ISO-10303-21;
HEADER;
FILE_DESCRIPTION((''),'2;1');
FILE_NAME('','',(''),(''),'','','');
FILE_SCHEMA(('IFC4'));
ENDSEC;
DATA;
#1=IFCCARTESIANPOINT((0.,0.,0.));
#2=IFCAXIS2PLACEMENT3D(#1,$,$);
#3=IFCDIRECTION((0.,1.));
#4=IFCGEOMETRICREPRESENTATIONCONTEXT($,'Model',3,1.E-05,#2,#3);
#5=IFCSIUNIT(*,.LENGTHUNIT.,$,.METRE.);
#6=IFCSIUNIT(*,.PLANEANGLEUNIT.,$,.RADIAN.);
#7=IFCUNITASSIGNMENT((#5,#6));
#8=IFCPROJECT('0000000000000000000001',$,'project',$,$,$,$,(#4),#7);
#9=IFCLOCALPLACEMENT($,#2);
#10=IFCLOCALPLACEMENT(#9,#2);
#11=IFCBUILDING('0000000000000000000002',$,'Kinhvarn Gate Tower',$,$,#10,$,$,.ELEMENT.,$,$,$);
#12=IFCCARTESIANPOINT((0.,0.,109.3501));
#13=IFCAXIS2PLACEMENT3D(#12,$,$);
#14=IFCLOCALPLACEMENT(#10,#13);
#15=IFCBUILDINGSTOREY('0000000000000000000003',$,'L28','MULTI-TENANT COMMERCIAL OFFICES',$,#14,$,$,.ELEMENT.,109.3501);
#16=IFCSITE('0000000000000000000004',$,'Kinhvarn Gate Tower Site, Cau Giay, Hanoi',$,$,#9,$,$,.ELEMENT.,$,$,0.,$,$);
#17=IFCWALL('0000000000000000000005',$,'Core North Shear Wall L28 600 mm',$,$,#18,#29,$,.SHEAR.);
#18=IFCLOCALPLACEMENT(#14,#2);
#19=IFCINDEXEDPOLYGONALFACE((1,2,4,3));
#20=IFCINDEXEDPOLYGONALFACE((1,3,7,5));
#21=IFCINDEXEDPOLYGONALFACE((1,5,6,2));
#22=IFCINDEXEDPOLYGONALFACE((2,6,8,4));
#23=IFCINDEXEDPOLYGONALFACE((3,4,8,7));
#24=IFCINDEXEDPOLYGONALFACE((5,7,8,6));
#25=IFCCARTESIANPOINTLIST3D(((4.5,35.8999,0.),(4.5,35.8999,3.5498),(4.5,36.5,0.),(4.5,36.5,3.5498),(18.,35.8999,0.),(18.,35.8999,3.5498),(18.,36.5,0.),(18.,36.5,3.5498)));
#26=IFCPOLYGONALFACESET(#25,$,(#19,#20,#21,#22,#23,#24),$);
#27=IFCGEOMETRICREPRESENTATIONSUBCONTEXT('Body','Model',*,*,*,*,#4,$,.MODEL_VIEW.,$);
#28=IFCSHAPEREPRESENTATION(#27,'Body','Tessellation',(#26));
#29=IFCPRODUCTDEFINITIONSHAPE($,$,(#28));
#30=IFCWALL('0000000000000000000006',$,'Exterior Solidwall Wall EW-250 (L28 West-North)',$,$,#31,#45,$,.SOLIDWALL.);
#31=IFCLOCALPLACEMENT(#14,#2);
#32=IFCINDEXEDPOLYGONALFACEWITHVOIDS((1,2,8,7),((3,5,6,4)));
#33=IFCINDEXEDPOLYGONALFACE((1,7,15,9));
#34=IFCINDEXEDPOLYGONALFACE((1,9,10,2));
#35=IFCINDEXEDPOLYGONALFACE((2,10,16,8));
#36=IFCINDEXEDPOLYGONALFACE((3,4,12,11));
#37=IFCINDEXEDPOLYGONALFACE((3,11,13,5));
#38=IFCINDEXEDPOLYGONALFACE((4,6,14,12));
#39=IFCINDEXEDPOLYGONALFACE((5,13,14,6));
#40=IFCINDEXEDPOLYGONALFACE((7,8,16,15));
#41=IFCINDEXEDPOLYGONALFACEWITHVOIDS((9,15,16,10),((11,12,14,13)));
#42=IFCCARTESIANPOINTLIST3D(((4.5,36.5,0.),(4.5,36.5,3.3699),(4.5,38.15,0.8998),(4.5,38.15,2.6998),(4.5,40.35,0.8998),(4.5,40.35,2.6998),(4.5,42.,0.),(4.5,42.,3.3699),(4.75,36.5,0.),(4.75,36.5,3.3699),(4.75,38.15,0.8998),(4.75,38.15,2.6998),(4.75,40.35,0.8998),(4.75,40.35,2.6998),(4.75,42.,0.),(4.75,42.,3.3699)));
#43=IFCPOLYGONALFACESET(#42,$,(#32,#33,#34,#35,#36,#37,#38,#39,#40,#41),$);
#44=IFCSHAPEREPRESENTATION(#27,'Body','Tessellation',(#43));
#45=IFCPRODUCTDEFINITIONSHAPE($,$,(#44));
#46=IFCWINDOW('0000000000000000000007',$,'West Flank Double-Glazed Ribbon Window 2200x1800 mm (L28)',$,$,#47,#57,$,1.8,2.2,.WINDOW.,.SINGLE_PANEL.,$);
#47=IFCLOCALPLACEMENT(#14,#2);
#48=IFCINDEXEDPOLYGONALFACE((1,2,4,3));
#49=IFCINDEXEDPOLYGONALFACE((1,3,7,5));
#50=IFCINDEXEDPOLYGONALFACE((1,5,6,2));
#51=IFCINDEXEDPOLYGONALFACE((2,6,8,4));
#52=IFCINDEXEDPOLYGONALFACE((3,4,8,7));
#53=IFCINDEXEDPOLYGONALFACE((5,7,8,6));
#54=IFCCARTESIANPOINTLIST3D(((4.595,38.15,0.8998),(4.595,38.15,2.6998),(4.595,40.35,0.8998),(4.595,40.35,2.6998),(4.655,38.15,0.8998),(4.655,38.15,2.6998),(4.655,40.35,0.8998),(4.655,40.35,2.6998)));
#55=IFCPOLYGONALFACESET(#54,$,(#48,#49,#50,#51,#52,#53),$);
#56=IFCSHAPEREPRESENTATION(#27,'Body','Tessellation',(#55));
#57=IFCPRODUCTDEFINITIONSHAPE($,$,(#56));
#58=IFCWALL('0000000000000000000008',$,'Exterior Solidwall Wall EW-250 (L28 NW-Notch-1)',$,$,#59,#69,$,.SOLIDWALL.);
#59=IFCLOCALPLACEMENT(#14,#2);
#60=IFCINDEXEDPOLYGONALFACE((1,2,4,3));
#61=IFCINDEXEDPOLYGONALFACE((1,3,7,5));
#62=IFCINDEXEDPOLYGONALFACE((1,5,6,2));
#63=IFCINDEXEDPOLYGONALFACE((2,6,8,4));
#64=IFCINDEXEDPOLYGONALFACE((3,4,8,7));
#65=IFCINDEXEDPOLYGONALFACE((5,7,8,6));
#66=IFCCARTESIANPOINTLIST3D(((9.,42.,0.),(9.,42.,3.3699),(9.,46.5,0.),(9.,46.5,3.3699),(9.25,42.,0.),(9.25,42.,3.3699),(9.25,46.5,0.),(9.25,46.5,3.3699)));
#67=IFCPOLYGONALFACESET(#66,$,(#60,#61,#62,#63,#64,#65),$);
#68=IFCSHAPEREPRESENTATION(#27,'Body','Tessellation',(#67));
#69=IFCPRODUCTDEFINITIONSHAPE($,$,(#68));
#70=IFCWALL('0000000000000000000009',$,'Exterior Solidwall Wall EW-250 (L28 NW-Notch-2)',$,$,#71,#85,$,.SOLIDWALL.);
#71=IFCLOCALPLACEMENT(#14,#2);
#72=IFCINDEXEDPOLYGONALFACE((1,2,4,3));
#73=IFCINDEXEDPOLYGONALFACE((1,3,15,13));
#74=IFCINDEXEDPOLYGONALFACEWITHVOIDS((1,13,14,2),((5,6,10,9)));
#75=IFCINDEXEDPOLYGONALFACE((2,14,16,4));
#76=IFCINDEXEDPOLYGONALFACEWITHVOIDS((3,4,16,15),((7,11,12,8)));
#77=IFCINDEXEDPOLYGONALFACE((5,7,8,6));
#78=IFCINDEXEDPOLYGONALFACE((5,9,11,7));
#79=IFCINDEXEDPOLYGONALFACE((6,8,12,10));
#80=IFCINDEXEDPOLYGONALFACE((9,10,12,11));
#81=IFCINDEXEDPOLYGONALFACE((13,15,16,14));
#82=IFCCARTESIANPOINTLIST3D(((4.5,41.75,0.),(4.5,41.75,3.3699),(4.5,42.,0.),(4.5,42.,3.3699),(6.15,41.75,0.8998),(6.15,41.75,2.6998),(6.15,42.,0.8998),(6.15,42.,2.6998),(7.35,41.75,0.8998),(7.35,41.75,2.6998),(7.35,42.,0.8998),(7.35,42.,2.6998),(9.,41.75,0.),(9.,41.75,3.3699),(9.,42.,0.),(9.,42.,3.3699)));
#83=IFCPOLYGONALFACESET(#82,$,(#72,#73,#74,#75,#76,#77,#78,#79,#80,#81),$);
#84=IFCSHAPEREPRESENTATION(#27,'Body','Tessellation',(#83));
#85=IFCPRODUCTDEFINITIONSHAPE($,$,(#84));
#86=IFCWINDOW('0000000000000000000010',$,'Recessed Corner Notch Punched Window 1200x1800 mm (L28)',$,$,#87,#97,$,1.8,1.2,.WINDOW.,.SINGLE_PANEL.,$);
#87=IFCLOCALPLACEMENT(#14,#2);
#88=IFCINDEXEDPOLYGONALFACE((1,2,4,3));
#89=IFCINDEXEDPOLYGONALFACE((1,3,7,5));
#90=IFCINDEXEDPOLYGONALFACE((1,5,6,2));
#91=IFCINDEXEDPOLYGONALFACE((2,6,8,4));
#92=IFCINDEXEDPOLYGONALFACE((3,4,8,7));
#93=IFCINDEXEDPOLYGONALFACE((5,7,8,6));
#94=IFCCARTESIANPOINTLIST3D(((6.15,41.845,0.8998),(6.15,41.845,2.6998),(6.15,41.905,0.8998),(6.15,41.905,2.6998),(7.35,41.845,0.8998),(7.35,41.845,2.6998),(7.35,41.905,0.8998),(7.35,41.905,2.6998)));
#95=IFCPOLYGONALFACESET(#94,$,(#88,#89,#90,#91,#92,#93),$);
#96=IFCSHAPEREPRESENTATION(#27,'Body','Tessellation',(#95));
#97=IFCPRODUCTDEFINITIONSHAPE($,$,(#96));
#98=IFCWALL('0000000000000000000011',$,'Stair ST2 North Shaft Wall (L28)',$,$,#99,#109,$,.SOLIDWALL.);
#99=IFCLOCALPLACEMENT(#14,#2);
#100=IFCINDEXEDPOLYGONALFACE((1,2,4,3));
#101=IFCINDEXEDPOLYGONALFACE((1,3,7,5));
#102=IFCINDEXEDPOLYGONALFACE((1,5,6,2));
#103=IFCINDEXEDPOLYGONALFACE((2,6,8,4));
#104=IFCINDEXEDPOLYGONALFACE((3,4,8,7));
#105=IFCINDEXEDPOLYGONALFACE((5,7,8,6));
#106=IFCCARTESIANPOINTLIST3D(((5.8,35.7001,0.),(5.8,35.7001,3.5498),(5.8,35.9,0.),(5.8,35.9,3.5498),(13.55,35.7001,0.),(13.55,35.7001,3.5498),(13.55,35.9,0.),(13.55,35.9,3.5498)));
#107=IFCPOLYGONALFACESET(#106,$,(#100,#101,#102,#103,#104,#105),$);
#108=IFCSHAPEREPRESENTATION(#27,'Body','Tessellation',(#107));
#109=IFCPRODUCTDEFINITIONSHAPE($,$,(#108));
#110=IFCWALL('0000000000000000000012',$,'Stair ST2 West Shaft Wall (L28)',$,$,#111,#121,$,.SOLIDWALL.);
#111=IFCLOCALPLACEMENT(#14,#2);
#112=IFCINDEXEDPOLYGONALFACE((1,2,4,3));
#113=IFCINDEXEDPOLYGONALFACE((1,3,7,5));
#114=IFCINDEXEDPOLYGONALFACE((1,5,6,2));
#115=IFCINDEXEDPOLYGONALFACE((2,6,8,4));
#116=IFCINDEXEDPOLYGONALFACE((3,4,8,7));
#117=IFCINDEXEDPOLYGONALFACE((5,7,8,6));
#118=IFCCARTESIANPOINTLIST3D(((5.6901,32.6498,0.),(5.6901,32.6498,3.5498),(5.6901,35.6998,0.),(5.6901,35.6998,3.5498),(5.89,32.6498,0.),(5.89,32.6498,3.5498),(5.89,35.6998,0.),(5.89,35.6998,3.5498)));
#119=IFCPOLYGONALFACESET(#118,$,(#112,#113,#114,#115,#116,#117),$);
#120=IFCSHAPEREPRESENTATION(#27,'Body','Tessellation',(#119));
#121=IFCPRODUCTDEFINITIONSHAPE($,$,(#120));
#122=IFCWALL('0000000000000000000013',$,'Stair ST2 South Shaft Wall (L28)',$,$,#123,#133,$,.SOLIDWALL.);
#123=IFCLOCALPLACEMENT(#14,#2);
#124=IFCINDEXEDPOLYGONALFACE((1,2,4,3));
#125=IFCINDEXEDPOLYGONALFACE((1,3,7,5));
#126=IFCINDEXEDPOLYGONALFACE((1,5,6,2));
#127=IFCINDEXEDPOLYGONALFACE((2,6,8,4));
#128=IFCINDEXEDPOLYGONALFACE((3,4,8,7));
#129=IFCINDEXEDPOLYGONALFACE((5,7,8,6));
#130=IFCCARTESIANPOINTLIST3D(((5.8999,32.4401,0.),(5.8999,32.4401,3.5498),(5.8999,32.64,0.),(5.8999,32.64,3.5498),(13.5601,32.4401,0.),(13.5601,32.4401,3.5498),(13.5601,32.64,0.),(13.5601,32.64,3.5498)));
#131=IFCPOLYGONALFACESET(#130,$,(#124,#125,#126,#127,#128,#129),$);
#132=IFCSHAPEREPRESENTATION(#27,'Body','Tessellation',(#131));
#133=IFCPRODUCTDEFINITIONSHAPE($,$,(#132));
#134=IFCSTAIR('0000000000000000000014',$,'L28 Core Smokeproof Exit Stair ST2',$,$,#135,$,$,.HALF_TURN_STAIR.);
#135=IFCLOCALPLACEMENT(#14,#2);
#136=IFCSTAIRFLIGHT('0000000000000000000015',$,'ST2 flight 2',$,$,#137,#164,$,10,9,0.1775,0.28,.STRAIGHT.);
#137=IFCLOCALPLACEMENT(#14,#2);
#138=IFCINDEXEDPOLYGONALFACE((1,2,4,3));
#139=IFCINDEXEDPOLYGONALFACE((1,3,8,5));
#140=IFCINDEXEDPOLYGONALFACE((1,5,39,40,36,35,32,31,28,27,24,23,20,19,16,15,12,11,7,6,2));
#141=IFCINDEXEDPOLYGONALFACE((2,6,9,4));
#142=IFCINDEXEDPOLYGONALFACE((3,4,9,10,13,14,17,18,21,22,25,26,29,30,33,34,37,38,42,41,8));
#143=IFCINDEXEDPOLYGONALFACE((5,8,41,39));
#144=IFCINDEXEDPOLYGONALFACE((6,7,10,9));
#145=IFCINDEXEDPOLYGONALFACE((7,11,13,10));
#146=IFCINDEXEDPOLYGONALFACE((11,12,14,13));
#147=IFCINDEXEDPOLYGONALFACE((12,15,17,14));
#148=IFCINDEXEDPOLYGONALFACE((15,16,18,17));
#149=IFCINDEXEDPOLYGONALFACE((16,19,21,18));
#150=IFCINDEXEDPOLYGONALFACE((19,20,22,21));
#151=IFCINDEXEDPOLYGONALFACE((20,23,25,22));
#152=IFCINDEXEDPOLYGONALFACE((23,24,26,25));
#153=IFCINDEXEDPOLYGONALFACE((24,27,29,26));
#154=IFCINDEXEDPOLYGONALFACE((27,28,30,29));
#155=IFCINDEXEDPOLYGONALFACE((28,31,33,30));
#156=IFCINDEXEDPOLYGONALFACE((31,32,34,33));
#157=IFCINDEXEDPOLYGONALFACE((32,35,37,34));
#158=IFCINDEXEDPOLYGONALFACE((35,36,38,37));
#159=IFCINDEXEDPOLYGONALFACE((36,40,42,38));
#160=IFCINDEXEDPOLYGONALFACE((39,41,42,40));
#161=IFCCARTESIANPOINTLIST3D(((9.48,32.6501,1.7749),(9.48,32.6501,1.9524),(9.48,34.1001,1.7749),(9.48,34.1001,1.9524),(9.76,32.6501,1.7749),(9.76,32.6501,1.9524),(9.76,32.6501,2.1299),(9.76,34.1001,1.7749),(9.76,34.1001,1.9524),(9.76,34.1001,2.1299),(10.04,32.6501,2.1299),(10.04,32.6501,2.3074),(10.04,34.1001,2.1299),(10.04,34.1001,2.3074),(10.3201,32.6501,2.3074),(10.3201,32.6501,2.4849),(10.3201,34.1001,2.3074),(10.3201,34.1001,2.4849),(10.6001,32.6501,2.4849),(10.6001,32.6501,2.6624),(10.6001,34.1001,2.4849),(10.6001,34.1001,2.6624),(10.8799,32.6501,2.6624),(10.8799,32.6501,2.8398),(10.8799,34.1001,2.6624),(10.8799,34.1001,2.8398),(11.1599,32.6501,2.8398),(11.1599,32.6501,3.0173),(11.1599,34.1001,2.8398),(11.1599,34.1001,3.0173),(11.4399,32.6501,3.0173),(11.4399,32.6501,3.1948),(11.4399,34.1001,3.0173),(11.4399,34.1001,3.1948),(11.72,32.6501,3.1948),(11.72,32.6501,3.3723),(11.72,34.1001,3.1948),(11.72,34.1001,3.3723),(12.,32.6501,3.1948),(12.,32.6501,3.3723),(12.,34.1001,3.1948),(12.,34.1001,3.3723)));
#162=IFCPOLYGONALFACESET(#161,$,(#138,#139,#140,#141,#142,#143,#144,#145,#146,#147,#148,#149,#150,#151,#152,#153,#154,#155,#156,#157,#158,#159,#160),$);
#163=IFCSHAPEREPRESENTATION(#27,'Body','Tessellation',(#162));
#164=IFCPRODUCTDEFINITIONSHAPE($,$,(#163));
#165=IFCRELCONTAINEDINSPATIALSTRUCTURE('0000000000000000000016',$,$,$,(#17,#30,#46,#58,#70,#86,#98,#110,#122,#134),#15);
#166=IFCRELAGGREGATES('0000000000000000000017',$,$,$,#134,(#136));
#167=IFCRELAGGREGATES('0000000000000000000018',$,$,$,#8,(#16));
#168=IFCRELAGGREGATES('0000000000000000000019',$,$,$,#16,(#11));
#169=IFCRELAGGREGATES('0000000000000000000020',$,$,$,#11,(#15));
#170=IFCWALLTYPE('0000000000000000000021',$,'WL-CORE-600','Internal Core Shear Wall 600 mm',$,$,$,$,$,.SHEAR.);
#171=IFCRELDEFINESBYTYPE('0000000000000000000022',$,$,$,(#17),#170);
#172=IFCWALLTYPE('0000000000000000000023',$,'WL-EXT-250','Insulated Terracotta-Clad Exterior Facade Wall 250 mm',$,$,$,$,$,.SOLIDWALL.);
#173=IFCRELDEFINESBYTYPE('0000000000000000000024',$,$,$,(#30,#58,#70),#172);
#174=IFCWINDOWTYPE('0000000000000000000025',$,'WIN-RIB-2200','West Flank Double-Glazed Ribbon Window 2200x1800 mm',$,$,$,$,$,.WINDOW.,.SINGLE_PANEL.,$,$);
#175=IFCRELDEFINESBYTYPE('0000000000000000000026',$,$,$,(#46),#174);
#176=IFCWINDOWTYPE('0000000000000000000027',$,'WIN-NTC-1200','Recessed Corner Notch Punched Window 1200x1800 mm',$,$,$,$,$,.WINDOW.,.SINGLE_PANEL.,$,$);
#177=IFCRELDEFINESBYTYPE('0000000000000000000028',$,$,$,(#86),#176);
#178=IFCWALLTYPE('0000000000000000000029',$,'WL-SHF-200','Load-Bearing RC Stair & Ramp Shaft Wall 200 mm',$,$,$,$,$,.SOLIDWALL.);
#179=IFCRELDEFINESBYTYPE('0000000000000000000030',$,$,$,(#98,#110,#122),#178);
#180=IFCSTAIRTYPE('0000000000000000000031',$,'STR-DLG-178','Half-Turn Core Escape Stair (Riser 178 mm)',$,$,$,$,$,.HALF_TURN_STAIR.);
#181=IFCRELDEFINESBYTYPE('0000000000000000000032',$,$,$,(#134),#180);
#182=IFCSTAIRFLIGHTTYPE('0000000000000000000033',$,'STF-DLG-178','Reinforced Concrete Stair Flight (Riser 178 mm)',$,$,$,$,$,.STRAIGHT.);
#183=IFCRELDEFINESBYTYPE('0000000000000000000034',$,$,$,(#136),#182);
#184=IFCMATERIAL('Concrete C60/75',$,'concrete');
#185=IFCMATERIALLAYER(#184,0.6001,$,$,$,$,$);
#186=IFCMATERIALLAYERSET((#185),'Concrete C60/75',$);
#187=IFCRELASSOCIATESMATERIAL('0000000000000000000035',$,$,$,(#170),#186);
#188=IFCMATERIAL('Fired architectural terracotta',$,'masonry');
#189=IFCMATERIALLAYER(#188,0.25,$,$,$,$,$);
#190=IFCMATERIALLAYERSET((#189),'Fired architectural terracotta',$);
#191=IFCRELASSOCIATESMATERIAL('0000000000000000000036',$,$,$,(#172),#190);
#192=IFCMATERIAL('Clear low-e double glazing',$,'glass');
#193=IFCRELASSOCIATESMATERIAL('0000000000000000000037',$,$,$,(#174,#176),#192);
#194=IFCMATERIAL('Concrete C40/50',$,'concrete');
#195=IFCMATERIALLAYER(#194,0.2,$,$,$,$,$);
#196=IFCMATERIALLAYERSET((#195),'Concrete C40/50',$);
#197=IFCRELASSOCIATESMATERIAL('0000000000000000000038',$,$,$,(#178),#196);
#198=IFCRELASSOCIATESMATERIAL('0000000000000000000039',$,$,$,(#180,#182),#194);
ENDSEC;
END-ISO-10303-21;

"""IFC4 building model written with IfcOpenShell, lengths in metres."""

from ifc_helpers import new_model, si_unit, direction, frame, frame_2d, origin, place, context, subcontext, project, spatial, polyline, rectangle, outline, extrude, material, layer, layer_set, type_object, element, fill, aggregate, save


model = new_model("IFC4")

# Units and contexts
model_context = context("Model", 3, precision=1e-05, world=origin(), true_north=direction((0.0, 1.0)))
body_context = subcontext(model_context, "Body", "Model", "MODEL_VIEW")
ifc_project = project(units=[si_unit("LENGTHUNIT", "METRE"), si_unit("PLANEANGLEUNIT", "RADIAN")], contexts=[model_context])

# Site, building, storey
site_placement = place(None, origin())
site = spatial("IfcSite", under=ifc_project, at=site_placement, Name="Kinhvarn Gate Tower Site, Cau Giay, Hanoi", CompositionType="ELEMENT", RefElevation=0.0)
building_placement = place(site_placement, origin())
building = spatial("IfcBuilding", under=site, at=building_placement, Name="Kinhvarn Gate Tower", CompositionType="ELEMENT")
storey_placement = place(building_placement, frame((0.0, 0.0, 109.3501)))
storey = spatial("IfcBuildingStorey", under=building, at=storey_placement, Name="L28", Description="MULTI-TENANT COMMERCIAL OFFICES", CompositionType="ELEMENT", Elevation=109.3501)

# Shared definitions
ifc_material_1 = material(Name="Concrete C60/75", Category="concrete")

# Shared definitions
ifc_material_2 = material(Name="Clear low-e double glazing", Category="glass")

# Wall
ifc_layer_1 = layer(ifc_material_1, 0.6001)
ifc_layer_set_1 = layer_set([ifc_layer_1], Name="Concrete C60/75")
wall_type_1 = type_object("IfcWallType", Name="WL-CORE-600", Description="Internal Core Shear Wall 600 mm", PredefinedType="SHEAR", material=ifc_layer_set_1)
wall_1_placement = place(storey_placement, frame((4.5, 36.2, 0.0), z_axis=(0.0, 0.0, 1.0), x_axis=(1.0, 0.0, 0.0)))
element("IfcWall", 1, at=wall_1_placement, inside=storey, type_object=wall_type_1, Name="Core North Shear Wall L28 600 mm", PredefinedType="SHEAR", context=body_context, shape_type="SweptSolid", body=[
    extrude(rectangle(XDim=13.5, YDim=0.6001, at=frame_2d((6.75, 0.0))), origin(), (0.0, 0.0, 1.0), 3.5498),
])

# Wall, opening, window
ifc_material_3 = material(Name="Fired architectural terracotta", Category="masonry")
ifc_layer_2 = layer(ifc_material_3, 0.25)
ifc_layer_set_2 = layer_set([ifc_layer_2], Name="Fired architectural terracotta")
wall_type_2 = type_object("IfcWallType", Name="WL-EXT-250", Description="Insulated Terracotta-Clad Exterior Facade Wall 250 mm", PredefinedType="SOLIDWALL", material=ifc_layer_set_2)
wall_2_placement = place(storey_placement, frame((4.625, 42.0, 0.0), z_axis=(0.0, 0.0, 1.0), x_axis=(0.0, -1.0, 0.0)))
wall_2 = element("IfcWall", 2, at=wall_2_placement, inside=storey, type_object=wall_type_2, Name="Exterior Solidwall Wall EW-250 (L28 West-North)", PredefinedType="SOLIDWALL", context=body_context, shape_type="SweptSolid", body=[
    extrude(rectangle(XDim=5.5, YDim=0.25, at=frame_2d((2.75, 0.0))), origin(), (0.0, 0.0, 1.0), 3.3699),
])
opening_1_placement = place(wall_2_placement, frame((1.6499, 0.0, 0.8999)))
opening_1 = element("IfcOpeningElement", 3, at=opening_1_placement, cuts=wall_2, PredefinedType="OPENING", context=body_context, shape_type="SweptSolid", body=[
    extrude(rectangle(XDim=2.2, YDim=1.8, at=frame_2d((1.1001, 0.8999))), frame((0.0, 0.135, 0.0), z_axis=(0.0, -1.0, 0.0), x_axis=(1.0, 0.0, 0.0)), (0.0, 0.0, 1.0), 0.27),
])
window_type_1 = type_object("IfcWindowType", Name="WIN-RIB-2200", Description="West Flank Double-Glazed Ribbon Window 2200x1800 mm", PartitioningType="SINGLE_PANEL", PredefinedType="WINDOW", material=ifc_material_2)
window_1_placement = place(opening_1_placement, origin())
window_1 = element("IfcWindow", 4, at=window_1_placement, inside=storey, type_object=window_type_1, Name="West Flank Double-Glazed Ribbon Window 2200x1800 mm (L28)", OverallHeight=1.8, OverallWidth=2.2, PartitioningType="SINGLE_PANEL", PredefinedType="WINDOW", context=body_context, shape_type="SweptSolid", body=[
    extrude(rectangle(XDim=2.2, YDim=1.8, at=frame_2d((1.1001, 0.8999))), frame((0.0, 0.03, 0.0), z_axis=(0.0, -1.0, 0.0), x_axis=(1.0, 0.0, 0.0)), (0.0, 0.0, 1.0), 0.0601),
])
fill(opening_1, window_1)

# Wall
wall_3_placement = place(storey_placement, frame((9.125, 46.5, 0.0), z_axis=(0.0, 0.0, 1.0), x_axis=(0.0, -1.0, 0.0)))
element("IfcWall", 5, at=wall_3_placement, inside=storey, type_object=wall_type_2, Name="Exterior Solidwall Wall EW-250 (L28 NW-Notch-1)", PredefinedType="SOLIDWALL", context=body_context, shape_type="SweptSolid", body=[
    extrude(rectangle(XDim=4.5, YDim=0.25, at=frame_2d((2.25, 0.0))), origin(), (0.0, 0.0, 1.0), 3.3699),
])

# Wall, opening, window
wall_4_placement = place(storey_placement, frame((9.0, 41.875, 0.0), z_axis=(0.0, 0.0, 1.0), x_axis=(-1.0, 0.0, 0.0)))
wall_4 = element("IfcWall", 6, at=wall_4_placement, inside=storey, type_object=wall_type_2, Name="Exterior Solidwall Wall EW-250 (L28 NW-Notch-2)", PredefinedType="SOLIDWALL", context=body_context, shape_type="SweptSolid", body=[
    extrude(rectangle(XDim=4.5, YDim=0.25, at=frame_2d((2.25, 0.0))), origin(), (0.0, 0.0, 1.0), 3.3699),
])
opening_2_placement = place(wall_4_placement, frame((1.6499, 0.0, 0.8999)))
opening_2 = element("IfcOpeningElement", 7, at=opening_2_placement, cuts=wall_4, PredefinedType="OPENING", context=body_context, shape_type="SweptSolid", body=[
    extrude(rectangle(XDim=1.2, YDim=1.8, at=frame_2d((0.6001, 0.8999))), frame((0.0, 0.135, 0.0), z_axis=(0.0, -1.0, 0.0), x_axis=(1.0, 0.0, 0.0)), (0.0, 0.0, 1.0), 0.27),
])
window_type_2 = type_object("IfcWindowType", Name="WIN-NTC-1200", Description="Recessed Corner Notch Punched Window 1200x1800 mm", PartitioningType="SINGLE_PANEL", PredefinedType="WINDOW", material=ifc_material_2)
window_2_placement = place(opening_2_placement, origin())
window_2 = element("IfcWindow", 8, at=window_2_placement, inside=storey, type_object=window_type_2, Name="Recessed Corner Notch Punched Window 1200x1800 mm (L28)", OverallHeight=1.8, OverallWidth=1.2, PartitioningType="SINGLE_PANEL", PredefinedType="WINDOW", context=body_context, shape_type="SweptSolid", body=[
    extrude(rectangle(XDim=1.2, YDim=1.8, at=frame_2d((0.6001, 0.8999))), frame((0.0, 0.03, 0.0), z_axis=(0.0, -1.0, 0.0), x_axis=(1.0, 0.0, 0.0)), (0.0, 0.0, 1.0), 0.0601),
])
fill(opening_2, window_2)

# Walls
ifc_material_4 = material(Name="Concrete C40/50", Category="concrete")
ifc_layer_3 = layer(ifc_material_4, 0.2)
ifc_layer_set_3 = layer_set([ifc_layer_3], Name="Concrete C40/50")
wall_type_3 = type_object("IfcWallType", Name="WL-SHF-200", Description="Load-Bearing RC Stair & Ramp Shaft Wall 200 mm", PredefinedType="SOLIDWALL", material=ifc_layer_set_3)
wall_5_placement = place(storey_placement, frame((5.8, 35.8, 0.0), z_axis=(0.0, 0.0, 1.0), x_axis=(1.0, 0.0, 0.0)))
element("IfcWall", 9, at=wall_5_placement, inside=storey, type_object=wall_type_3, Name="Stair ST2 North Shaft Wall (L28)", PredefinedType="SOLIDWALL", context=body_context, shape_type="SweptSolid", body=[
    extrude(rectangle(XDim=7.75, YDim=0.2, at=frame_2d((3.875, 0.0))), origin(), (0.0, 0.0, 1.0), 3.5498),
])
wall_6_placement = place(storey_placement, frame((5.79, 32.6499, 0.0), z_axis=(0.0, 0.0, 1.0), x_axis=(0.0, 1.0, 0.0)))
element("IfcWall", 10, at=wall_6_placement, inside=storey, type_object=wall_type_3, Name="Stair ST2 West Shaft Wall (L28)", PredefinedType="SOLIDWALL", context=body_context, shape_type="SweptSolid", body=[
    extrude(rectangle(XDim=3.05, YDim=0.2, at=frame_2d((1.5249, 0.0))), origin(), (0.0, 0.0, 1.0), 3.5498),
])
wall_7_placement = place(storey_placement, frame((5.8999, 32.54, 0.0), z_axis=(0.0, 0.0, 1.0), x_axis=(1.0, 0.0, 0.0)))
element("IfcWall", 11, at=wall_7_placement, inside=storey, type_object=wall_type_3, Name="Stair ST2 South Shaft Wall (L28)", PredefinedType="SOLIDWALL", context=body_context, shape_type="SweptSolid", body=[
    extrude(rectangle(XDim=7.6602, YDim=0.2, at=frame_2d((3.8301, 0.0))), origin(), (0.0, 0.0, 1.0), 3.5498),
])

# Stair, stair flight
stair_type = type_object("IfcStairType", Name="STR-DLG-178", Description="Half-Turn Core Escape Stair (Riser 178 mm)", PredefinedType="HALF_TURN_STAIR", material=ifc_material_4)
stair_placement = place(storey_placement, origin())
stair = element("IfcStair", 12, at=stair_placement, inside=storey, type_object=stair_type, Name="L28 Core Smokeproof Exit Stair ST2", PredefinedType="HALF_TURN_STAIR")
stair_flight_type = type_object("IfcStairFlightType", Name="STF-DLG-178", Description="Reinforced Concrete Stair Flight (Riser 178 mm)", PredefinedType="STRAIGHT", material=ifc_material_4)
stair_flight_placement = place(storey_placement, frame((9.48, 33.375, 1.7749), z_axis=(0.0, 0.0, 1.0), x_axis=(1.0, 0.0, 0.0)))
stair_flight = element("IfcStairFlight", 13, at=stair_flight_placement, type_object=stair_flight_type, Name="ST2 flight 2", NumberOfRisers=10, NumberOfTreads=9, PredefinedType="STRAIGHT", RiserHeight=0.1775, TreadLength=0.28, context=body_context, shape_type="SweptSolid", body=[
    extrude(outline(polyline([(0.0, 0.0), (0.0, 0.1775), (0.28, 0.1775), (0.28, 0.355), (0.5601, 0.355), (0.5601, 0.5325), (0.8401, 0.5325), (0.8401, 0.71), (1.1201, 0.71), (1.1201, 0.8875), (1.3999, 0.8875), (1.3999, 1.0649), (1.6799, 1.0649), (1.6799, 1.2424), (1.96, 1.2424), (1.96, 1.4199), (2.24, 1.4199), (2.24, 1.5974), (2.52, 1.5974), (2.52, 1.7749), (2.52, 1.4199), (0.28, 0.0), (0.0, 0.0)])), frame((0.0, 0.7251, 0.0), z_axis=(0.0, -1.0, 0.0), x_axis=(1.0, 0.0, 0.0)), (0.0, 0.0, 1.0), 1.45),
])
aggregate(stair, [stair_flight])

save(model, "model.ifc")
